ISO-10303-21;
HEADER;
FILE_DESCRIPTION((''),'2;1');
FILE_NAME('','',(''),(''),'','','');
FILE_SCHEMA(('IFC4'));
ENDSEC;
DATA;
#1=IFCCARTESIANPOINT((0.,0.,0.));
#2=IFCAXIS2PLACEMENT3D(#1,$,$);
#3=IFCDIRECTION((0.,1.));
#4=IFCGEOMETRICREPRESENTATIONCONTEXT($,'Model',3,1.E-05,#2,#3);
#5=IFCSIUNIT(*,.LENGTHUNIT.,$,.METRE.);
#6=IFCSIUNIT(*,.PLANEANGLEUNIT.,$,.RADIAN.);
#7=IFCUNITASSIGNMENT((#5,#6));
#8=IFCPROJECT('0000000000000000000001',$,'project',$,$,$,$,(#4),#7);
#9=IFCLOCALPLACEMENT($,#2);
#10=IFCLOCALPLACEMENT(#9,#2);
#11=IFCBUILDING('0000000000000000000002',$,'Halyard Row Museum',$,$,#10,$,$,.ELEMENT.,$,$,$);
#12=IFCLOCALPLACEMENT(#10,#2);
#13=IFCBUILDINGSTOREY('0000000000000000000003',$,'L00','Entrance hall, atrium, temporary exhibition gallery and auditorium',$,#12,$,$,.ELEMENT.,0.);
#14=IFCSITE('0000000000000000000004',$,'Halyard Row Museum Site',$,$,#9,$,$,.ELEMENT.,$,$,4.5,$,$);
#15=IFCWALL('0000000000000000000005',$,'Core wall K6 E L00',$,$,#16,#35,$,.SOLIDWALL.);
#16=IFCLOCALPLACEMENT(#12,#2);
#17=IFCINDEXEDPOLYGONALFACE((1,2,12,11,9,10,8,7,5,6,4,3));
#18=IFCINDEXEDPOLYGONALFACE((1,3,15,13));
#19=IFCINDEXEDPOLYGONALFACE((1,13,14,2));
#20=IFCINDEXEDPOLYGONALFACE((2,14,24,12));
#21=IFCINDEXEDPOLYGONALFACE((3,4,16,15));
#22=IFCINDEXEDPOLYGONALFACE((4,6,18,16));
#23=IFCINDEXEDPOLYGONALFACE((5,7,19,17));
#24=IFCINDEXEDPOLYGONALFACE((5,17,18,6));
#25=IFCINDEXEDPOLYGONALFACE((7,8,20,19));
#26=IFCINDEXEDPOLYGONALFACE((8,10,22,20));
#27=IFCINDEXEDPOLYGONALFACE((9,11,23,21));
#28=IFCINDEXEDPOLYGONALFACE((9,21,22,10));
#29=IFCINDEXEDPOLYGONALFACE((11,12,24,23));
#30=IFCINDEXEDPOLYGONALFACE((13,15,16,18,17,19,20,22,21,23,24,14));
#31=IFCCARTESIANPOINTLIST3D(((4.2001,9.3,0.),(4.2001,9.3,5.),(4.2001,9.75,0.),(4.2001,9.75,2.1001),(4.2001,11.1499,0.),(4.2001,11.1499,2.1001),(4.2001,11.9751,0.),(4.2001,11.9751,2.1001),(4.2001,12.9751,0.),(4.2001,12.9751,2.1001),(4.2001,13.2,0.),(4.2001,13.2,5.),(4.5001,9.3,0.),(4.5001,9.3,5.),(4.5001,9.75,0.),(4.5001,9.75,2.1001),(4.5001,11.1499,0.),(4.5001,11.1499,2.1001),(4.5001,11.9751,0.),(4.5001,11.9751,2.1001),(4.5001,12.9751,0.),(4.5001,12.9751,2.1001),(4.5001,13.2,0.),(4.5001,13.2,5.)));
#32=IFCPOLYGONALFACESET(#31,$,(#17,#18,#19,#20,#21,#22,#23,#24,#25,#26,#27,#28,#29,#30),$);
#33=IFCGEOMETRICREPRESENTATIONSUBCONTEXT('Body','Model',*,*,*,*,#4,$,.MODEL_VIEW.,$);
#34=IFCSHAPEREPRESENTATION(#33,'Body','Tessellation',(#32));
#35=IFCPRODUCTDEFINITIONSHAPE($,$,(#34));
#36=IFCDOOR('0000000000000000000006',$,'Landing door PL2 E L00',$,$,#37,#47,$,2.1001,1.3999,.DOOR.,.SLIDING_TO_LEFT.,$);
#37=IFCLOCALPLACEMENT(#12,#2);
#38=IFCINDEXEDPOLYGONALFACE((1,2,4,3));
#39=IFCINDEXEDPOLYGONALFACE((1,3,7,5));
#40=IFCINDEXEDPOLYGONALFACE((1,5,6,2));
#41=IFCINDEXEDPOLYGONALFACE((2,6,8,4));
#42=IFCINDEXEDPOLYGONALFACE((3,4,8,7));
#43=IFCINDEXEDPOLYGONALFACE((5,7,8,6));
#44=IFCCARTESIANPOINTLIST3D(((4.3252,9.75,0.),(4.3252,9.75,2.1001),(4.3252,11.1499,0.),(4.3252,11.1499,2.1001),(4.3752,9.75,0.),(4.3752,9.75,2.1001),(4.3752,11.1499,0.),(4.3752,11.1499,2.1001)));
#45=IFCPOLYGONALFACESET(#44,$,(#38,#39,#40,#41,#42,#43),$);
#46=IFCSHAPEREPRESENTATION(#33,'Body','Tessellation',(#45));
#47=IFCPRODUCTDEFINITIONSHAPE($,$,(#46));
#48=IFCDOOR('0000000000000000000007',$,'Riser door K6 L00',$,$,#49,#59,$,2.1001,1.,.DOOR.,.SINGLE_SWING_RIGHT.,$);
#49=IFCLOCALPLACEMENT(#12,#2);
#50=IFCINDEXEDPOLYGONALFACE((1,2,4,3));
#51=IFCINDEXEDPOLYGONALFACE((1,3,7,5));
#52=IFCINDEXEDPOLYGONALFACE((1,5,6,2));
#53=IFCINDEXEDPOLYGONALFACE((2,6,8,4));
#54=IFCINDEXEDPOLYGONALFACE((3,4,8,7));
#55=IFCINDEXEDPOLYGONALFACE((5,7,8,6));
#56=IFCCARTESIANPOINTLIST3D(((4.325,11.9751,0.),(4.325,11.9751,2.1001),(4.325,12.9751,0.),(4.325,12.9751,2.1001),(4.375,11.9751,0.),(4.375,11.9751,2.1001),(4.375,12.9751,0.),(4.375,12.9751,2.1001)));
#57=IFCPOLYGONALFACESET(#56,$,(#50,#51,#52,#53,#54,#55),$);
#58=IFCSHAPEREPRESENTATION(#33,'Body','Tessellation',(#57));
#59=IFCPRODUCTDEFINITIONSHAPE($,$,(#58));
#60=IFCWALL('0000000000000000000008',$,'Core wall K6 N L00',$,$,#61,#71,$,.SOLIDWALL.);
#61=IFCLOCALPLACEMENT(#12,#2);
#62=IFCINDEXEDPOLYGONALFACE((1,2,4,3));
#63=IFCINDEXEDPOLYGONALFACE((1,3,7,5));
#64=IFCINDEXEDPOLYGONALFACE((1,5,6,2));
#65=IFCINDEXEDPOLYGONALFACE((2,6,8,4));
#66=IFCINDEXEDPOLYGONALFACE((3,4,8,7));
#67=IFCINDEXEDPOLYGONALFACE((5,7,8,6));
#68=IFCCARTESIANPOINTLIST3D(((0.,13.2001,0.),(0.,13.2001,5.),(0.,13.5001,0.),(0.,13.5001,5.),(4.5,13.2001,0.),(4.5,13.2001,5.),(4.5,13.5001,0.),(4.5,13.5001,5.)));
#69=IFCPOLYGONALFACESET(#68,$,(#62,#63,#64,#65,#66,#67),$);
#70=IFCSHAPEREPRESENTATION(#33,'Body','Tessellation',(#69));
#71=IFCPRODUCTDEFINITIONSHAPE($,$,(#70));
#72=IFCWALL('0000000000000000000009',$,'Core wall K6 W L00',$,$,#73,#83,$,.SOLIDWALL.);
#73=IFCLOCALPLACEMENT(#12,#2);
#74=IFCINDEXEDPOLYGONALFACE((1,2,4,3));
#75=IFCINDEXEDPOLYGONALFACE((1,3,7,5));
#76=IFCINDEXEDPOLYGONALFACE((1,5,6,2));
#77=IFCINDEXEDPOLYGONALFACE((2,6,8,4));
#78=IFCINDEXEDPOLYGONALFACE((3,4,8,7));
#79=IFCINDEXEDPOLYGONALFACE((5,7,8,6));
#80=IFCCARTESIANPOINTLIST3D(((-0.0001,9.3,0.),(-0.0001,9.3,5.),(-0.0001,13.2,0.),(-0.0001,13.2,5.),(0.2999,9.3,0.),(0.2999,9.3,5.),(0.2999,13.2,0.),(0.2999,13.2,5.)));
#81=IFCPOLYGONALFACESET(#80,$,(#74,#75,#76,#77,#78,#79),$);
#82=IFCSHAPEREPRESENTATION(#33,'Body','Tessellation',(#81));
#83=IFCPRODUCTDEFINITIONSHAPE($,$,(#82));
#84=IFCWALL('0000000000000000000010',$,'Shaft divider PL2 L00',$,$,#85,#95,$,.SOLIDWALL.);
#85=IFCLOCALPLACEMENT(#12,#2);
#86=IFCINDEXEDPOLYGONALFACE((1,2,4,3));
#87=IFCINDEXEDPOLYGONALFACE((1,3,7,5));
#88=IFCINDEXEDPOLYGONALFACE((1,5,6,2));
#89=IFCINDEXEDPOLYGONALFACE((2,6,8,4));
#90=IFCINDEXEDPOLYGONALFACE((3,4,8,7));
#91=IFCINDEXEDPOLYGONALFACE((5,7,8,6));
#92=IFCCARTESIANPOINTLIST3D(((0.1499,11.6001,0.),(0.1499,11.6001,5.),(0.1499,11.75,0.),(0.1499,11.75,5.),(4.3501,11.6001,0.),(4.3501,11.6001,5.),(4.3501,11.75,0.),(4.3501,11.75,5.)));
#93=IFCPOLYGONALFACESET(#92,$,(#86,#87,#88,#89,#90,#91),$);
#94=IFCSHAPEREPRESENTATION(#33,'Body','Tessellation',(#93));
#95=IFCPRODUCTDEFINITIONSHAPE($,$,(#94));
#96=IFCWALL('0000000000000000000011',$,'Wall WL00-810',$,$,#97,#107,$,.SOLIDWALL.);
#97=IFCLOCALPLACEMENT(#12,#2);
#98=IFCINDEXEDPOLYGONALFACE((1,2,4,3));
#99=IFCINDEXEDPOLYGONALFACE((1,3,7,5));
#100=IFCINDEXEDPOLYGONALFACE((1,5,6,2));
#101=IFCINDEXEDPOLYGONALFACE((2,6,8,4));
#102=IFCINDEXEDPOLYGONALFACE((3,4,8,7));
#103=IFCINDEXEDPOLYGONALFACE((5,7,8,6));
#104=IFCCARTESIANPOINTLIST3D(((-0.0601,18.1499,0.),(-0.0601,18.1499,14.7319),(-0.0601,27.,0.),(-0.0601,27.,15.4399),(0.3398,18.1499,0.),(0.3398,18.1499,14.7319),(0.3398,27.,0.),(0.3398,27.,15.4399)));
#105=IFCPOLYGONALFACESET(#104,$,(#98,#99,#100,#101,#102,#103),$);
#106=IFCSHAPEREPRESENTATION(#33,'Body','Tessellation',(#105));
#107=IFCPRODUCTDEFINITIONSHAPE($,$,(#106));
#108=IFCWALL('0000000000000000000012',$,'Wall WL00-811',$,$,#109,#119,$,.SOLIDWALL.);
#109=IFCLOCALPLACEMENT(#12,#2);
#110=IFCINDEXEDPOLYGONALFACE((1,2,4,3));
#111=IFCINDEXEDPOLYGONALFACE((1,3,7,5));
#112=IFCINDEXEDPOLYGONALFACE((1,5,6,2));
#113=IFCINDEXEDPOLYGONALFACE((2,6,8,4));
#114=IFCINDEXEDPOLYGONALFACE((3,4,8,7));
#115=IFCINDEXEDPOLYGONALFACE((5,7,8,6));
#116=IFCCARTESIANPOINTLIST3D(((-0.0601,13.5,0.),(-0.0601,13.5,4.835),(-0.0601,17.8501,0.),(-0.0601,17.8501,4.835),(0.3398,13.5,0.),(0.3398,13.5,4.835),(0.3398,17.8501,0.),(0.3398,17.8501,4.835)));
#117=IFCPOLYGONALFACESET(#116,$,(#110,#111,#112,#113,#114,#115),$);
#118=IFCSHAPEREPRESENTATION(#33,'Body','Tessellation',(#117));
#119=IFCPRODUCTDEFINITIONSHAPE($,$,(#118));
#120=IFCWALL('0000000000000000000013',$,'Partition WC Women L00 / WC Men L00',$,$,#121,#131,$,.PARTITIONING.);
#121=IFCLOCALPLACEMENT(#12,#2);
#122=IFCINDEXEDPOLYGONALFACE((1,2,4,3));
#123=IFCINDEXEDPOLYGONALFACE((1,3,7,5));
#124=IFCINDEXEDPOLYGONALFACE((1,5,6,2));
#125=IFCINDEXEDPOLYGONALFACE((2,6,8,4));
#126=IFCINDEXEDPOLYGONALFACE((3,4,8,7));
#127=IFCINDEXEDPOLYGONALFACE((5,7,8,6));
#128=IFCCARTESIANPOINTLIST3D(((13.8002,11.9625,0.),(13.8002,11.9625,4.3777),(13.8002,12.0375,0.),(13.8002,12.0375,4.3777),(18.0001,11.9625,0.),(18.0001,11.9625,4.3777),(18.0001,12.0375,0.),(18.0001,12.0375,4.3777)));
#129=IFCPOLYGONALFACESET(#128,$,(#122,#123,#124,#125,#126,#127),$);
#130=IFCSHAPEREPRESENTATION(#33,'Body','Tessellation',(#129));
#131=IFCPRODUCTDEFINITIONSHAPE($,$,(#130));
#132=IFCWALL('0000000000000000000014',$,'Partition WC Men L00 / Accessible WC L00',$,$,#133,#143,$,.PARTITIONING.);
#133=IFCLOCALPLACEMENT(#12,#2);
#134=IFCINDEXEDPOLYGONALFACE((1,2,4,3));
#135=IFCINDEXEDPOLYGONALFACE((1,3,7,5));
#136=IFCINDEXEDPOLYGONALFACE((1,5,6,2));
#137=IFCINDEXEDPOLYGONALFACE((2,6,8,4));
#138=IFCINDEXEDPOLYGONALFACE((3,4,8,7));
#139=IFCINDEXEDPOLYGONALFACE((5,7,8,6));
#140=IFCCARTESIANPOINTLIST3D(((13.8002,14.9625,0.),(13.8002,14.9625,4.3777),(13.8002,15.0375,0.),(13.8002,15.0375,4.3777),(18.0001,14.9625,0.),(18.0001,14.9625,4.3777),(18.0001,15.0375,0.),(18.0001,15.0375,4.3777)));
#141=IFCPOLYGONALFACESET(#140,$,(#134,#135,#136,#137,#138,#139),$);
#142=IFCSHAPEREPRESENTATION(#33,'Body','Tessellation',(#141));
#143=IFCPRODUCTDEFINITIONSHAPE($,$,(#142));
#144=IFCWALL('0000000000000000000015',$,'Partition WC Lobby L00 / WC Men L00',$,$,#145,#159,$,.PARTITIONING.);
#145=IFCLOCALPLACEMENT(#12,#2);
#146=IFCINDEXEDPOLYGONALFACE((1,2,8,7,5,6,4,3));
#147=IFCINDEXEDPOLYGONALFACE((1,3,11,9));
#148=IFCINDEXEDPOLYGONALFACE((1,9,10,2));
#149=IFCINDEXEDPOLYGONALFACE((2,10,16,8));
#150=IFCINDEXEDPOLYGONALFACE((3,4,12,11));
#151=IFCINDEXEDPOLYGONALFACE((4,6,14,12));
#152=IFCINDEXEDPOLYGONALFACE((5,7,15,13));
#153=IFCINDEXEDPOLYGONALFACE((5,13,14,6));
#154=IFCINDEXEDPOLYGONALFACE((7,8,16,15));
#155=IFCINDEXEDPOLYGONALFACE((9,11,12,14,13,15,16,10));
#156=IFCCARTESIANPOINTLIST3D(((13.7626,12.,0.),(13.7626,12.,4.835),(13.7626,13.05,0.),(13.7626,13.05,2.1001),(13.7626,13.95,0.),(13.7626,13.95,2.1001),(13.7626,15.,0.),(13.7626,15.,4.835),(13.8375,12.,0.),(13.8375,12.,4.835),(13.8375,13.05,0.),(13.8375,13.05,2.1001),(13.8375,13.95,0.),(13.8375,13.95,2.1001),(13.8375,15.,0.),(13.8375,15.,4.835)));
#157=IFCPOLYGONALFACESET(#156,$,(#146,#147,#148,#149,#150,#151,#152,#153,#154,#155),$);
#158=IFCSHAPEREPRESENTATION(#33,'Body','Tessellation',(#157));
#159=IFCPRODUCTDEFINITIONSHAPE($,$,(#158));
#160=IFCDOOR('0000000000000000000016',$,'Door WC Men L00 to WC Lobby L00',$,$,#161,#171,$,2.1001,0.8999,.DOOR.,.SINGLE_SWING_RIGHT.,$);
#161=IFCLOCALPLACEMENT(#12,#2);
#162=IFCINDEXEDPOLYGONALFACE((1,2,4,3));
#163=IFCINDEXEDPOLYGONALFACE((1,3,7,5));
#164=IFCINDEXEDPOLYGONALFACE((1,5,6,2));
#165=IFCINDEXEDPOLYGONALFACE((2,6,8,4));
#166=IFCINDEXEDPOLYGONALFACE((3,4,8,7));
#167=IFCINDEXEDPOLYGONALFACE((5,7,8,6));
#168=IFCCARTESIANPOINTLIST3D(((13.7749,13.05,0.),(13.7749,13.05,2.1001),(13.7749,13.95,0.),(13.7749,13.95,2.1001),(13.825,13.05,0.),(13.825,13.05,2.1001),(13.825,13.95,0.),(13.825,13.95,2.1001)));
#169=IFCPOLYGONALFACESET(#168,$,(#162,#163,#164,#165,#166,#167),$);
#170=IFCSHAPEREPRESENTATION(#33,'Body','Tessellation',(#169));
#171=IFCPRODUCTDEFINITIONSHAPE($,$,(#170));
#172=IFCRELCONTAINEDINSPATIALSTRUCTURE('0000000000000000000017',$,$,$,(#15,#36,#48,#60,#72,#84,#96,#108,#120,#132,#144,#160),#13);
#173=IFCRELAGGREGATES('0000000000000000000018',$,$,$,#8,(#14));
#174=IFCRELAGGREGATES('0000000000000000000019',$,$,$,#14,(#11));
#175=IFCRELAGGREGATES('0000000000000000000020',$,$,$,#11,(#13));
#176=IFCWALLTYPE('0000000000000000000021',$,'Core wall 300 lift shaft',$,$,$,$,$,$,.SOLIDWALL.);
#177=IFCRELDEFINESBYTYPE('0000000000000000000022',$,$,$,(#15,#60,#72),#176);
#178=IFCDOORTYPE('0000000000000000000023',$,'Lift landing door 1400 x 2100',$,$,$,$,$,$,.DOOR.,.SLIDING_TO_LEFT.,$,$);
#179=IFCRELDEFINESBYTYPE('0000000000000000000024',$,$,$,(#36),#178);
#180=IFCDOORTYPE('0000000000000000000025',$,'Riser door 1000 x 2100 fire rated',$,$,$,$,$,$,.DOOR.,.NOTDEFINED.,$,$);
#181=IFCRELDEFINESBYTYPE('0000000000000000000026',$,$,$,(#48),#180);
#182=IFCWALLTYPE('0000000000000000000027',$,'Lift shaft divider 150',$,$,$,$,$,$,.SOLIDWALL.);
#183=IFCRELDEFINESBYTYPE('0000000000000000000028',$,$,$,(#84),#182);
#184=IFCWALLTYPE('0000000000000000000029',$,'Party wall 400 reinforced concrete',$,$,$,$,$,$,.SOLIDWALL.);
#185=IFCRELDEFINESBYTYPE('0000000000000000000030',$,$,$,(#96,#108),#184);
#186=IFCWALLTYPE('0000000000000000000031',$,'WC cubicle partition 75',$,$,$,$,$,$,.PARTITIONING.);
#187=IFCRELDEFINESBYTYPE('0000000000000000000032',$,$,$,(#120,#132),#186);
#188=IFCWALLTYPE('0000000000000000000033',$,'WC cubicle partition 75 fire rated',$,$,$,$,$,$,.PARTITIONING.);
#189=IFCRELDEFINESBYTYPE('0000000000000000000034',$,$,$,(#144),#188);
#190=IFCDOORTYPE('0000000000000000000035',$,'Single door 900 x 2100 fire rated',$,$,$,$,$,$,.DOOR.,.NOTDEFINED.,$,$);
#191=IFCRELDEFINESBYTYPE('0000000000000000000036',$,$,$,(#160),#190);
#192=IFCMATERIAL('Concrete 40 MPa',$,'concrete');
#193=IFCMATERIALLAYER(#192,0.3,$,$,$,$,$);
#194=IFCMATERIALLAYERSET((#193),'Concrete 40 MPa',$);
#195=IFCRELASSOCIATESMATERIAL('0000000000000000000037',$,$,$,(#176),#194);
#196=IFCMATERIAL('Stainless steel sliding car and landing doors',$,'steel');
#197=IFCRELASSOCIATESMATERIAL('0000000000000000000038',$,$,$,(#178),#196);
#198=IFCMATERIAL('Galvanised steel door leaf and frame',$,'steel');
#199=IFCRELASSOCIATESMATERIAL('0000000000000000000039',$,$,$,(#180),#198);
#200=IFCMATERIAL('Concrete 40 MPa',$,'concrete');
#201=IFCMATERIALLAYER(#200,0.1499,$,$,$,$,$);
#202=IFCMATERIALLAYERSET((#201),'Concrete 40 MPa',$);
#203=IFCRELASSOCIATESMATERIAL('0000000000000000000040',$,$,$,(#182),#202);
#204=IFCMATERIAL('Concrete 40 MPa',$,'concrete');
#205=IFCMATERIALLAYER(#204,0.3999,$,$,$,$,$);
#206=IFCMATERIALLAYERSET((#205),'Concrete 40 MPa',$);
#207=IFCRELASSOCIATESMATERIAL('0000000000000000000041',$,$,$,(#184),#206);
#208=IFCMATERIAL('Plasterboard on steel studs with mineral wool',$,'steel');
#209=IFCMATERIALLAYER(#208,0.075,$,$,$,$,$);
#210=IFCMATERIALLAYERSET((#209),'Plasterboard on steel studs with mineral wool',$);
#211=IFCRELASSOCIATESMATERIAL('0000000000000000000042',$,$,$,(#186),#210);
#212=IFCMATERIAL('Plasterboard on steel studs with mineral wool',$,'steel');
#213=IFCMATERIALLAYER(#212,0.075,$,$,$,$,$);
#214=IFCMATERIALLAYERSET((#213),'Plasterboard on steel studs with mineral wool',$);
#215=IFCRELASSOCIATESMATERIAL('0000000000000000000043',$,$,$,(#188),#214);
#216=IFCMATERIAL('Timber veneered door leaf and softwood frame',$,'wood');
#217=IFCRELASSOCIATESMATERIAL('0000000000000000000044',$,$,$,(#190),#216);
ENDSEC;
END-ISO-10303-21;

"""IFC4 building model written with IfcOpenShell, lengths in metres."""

from ifc_helpers import new_model, si_unit, direction, frame, frame_2d, origin, place, context, subcontext, project, spatial, polyline, rectangle, outline, extrude, material, layer, layer_set, type_object, element, fill, save


model = new_model("IFC4")

# Units and contexts
model_context = context("Model", 3, precision=1e-05, world=origin(), true_north=direction((0.0, 1.0)))
body_context = subcontext(model_context, "Body", "Model", "MODEL_VIEW")
ifc_project = project(units=[si_unit("LENGTHUNIT", "METRE"), si_unit("PLANEANGLEUNIT", "RADIAN")], contexts=[model_context])

# Site, building, storey
site_placement = place(None, origin())
site = spatial("IfcSite", under=ifc_project, at=site_placement, Name="Halyard Row Museum Site", CompositionType="ELEMENT", RefElevation=4.5)
building_placement = place(site_placement, origin())
building = spatial("IfcBuilding", under=site, at=building_placement, Name="Halyard Row Museum", CompositionType="ELEMENT")
storey_placement = place(building_placement, origin())
storey = spatial("IfcBuildingStorey", under=building, at=storey_placement, Name="L00", Description="Entrance hall, atrium, temporary exhibition gallery and auditorium", CompositionType="ELEMENT", Elevation=0.0)

# Shared definitions
ifc_material_1 = material(Name="Concrete 40 MPa", Category="concrete")
ifc_layer_1 = layer(ifc_material_1, 0.3)
ifc_layer_set_1 = layer_set([ifc_layer_1], Name="Concrete 40 MPa")
wall_type_1 = type_object("IfcWallType", Name="Core wall 300 lift shaft", PredefinedType="SOLIDWALL", material=ifc_layer_set_1)

# Wall, openings, doors
wall_1_placement = place(storey_placement, frame((4.3501, 9.3, 0.0), z_axis=(0.0, 0.0, 1.0), x_axis=(0.0, 1.0, 0.0)))
wall_1 = element("IfcWall", 1, at=wall_1_placement, inside=storey, type_object=wall_type_1, Name="Core wall K6 E L00", PredefinedType="SOLIDWALL", context=body_context, shape_type="SweptSolid", body=[
    extrude(rectangle(XDim=3.8999, YDim=0.3, at=frame_2d((1.95, 0.0))), origin(), (0.0, 0.0, 1.0), 5.0),
])
opening_1_placement = place(wall_1_placement, frame((0.45, 0.0, 0.0)))
opening_1 = element("IfcOpeningElement", 2, at=opening_1_placement, cuts=wall_1, PredefinedType="OPENING", context=body_context, shape_type="SweptSolid", body=[
    extrude(rectangle(XDim=1.3999, YDim=2.1001, at=frame_2d((0.7, 1.05))), frame((0.0, 0.1599, 0.0), z_axis=(0.0, -1.0, 0.0), x_axis=(1.0, 0.0, 0.0)), (0.0, 0.0, 1.0), 0.3201),
])
opening_2_placement = place(wall_1_placement, frame((2.675, 0.0, 0.0)))
opening_2 = element("IfcOpeningElement", 3, at=opening_2_placement, cuts=wall_1, PredefinedType="OPENING", context=body_context, shape_type="SweptSolid", body=[
    extrude(rectangle(XDim=1.0, YDim=2.1001, at=frame_2d((0.5, 1.05))), frame((0.0, 0.1599, 0.0), z_axis=(0.0, -1.0, 0.0), x_axis=(1.0, 0.0, 0.0)), (0.0, 0.0, 1.0), 0.3201),
])
ifc_material_2 = material(Name="Stainless steel sliding car and landing doors", Category="steel")
door_type_1 = type_object("IfcDoorType", Name="Lift landing door 1400 x 2100", OperationType="SLIDING_TO_LEFT", PredefinedType="DOOR", material=ifc_material_2)
door_1_placement = place(opening_1_placement, origin())
door_1 = element("IfcDoor", 4, at=door_1_placement, inside=storey, type_object=door_type_1, Name="Landing door PL2 E L00", OperationType="SLIDING_TO_LEFT", OverallHeight=2.1001, OverallWidth=1.3999, PredefinedType="DOOR", context=body_context, shape_type="SweptSolid", body=[
    extrude(rectangle(XDim=1.3999, YDim=2.1001, at=frame_2d((0.7, 1.05))), frame((0.0, 0.0249, 0.0), z_axis=(0.0, -1.0, 0.0), x_axis=(1.0, 0.0, 0.0)), (0.0, 0.0, 1.0), 0.05),
])
fill(opening_1, door_1)
ifc_material_3 = material(Name="Galvanised steel door leaf and frame", Category="steel")
door_type_2 = type_object("IfcDoorType", Name="Riser door 1000 x 2100 fire rated", OperationType="NOTDEFINED", PredefinedType="DOOR", material=ifc_material_3)
door_2_placement = place(opening_2_placement, frame((1.0, 0.0, 0.0), z_axis=(0.0, 0.0, 1.0), x_axis=(-1.0, 0.0, 0.0)))
door_2 = element("IfcDoor", 5, at=door_2_placement, inside=storey, type_object=door_type_2, Name="Riser door K6 L00", OperationType="SINGLE_SWING_RIGHT", OverallHeight=2.1001, OverallWidth=1.0, PredefinedType="DOOR", context=body_context, shape_type="SweptSolid", body=[
    extrude(rectangle(XDim=1.0, YDim=2.1001, at=frame_2d((0.5, 1.05))), frame((0.0, 0.0249, 0.0), z_axis=(0.0, -1.0, 0.0), x_axis=(1.0, 0.0, 0.0)), (0.0, 0.0, 1.0), 0.05),
])
fill(opening_2, door_2)

# Walls
wall_2_placement = place(storey_placement, frame((0.0, 13.3501, 0.0), z_axis=(0.0, 0.0, 1.0), x_axis=(1.0, 0.0, 0.0)))
element("IfcWall", 6, at=wall_2_placement, inside=storey, type_object=wall_type_1, Name="Core wall K6 N L00", PredefinedType="SOLIDWALL", context=body_context, shape_type="SweptSolid", body=[
    extrude(rectangle(XDim=4.5, YDim=0.3, at=frame_2d((2.25, 0.0))), origin(), (0.0, 0.0, 1.0), 5.0),
])
wall_3_placement = place(storey_placement, frame((0.1499, 9.3, 0.0), z_axis=(0.0, 0.0, 1.0), x_axis=(0.0, 1.0, 0.0)))
element("IfcWall", 7, at=wall_3_placement, inside=storey, type_object=wall_type_1, Name="Core wall K6 W L00", PredefinedType="SOLIDWALL", context=body_context, shape_type="SweptSolid", body=[
    extrude(rectangle(XDim=3.8999, YDim=0.3, at=frame_2d((1.95, 0.0))), origin(), (0.0, 0.0, 1.0), 5.0),
])
ifc_material_4 = material(Name="Concrete 40 MPa", Category="concrete")
ifc_layer_2 = layer(ifc_material_4, 0.1499)
ifc_layer_set_2 = layer_set([ifc_layer_2], Name="Concrete 40 MPa")
wall_type_2 = type_object("IfcWallType", Name="Lift shaft divider 150", PredefinedType="SOLIDWALL", material=ifc_layer_set_2)
wall_4_placement = place(storey_placement, frame((0.1499, 11.675, 0.0), z_axis=(0.0, 0.0, 1.0), x_axis=(1.0, 0.0, 0.0)))
element("IfcWall", 8, at=wall_4_placement, inside=storey, type_object=wall_type_2, Name="Shaft divider PL2 L00", PredefinedType="SOLIDWALL", context=body_context, shape_type="SweptSolid", body=[
    extrude(rectangle(XDim=4.2002, YDim=0.1499, at=frame_2d((2.1001, 0.0))), origin(), (0.0, 0.0, 1.0), 5.0),
])
ifc_material_5 = material(Name="Concrete 40 MPa", Category="concrete")
ifc_layer_3 = layer(ifc_material_5, 0.3999)
ifc_layer_set_3 = layer_set([ifc_layer_3], Name="Concrete 40 MPa")
wall_type_3 = type_object("IfcWallType", Name="Party wall 400 reinforced concrete", PredefinedType="SOLIDWALL", material=ifc_layer_set_3)
wall_5_placement = place(storey_placement, frame((0.1399, 18.1499, 0.0), z_axis=(0.0, 0.0, 1.0), x_axis=(0.0, 1.0, 0.0)))
element("IfcWall", 9, at=wall_5_placement, inside=storey, type_object=wall_type_3, Name="Wall WL00-810", PredefinedType="SOLIDWALL", context=body_context, shape_type="SweptSolid", body=[
    extrude(outline(polyline([(0.0, 0.0), (8.8501, 0.0), (8.8501, 15.4399), (0.0, 14.7319), (0.0, 0.0)])), frame((0.0, 0.2, 0.0), z_axis=(0.0, -1.0, 0.0), x_axis=(1.0, 0.0, 0.0)), (0.0, 0.0, 1.0), 0.3999),
])
wall_6_placement = place(storey_placement, frame((0.1399, 13.5, 0.0), z_axis=(0.0, 0.0, 1.0), x_axis=(0.0, 1.0, 0.0)))
element("IfcWall", 10, at=wall_6_placement, inside=storey, type_object=wall_type_3, Name="Wall WL00-811", PredefinedType="SOLIDWALL", context=body_context, shape_type="SweptSolid", body=[
    extrude(rectangle(XDim=4.3501, YDim=0.3999, at=frame_2d((2.175, 0.0))), origin(), (0.0, 0.0, 1.0), 4.835),
])
ifc_material_6 = material(Name="Plasterboard on steel studs with mineral wool", Category="steel")
ifc_layer_4 = layer(ifc_material_6, 0.075)
ifc_layer_set_4 = layer_set([ifc_layer_4], Name="Plasterboard on steel studs with mineral wool")
wall_type_4 = type_object("IfcWallType", Name="WC cubicle partition 75", PredefinedType="PARTITIONING", material=ifc_layer_set_4)
for number, where, z_axis, x_axis, name in (
    (11, (13.8, 12.0, 0.0), (0.0, 0.0, 1.0), (1.0, 0.0, 0.0), "Partition WC Women L00 / WC Men L00"),
    (12, (13.8, 15.0, 0.0), (0.0, 0.0, 1.0), (1.0, 0.0, 0.0), "Partition WC Men L00 / Accessible WC L00"),
):
    element("IfcWall", number, at=place(storey_placement, frame(where, z_axis=z_axis, x_axis=x_axis)), inside=storey, type_object=wall_type_4, Name=name, PredefinedType="PARTITIONING", context=body_context, shape_type="SweptSolid", body=[
        extrude(rectangle(XDim=4.2, YDim=0.075, at=frame_2d((2.1001, 0.0))), origin(), (0.0, 0.0, 1.0), 4.3777),
    ])

# Wall, opening, door
ifc_material_7 = material(Name="Plasterboard on steel studs with mineral wool", Category="steel")
ifc_layer_5 = layer(ifc_material_7, 0.075)
ifc_layer_set_5 = layer_set([ifc_layer_5], Name="Plasterboard on steel studs with mineral wool")
wall_type_5 = type_object("IfcWallType", Name="WC cubicle partition 75 fire rated", PredefinedType="PARTITIONING", material=ifc_layer_set_5)
wall_7_placement = place(storey_placement, frame((13.8, 12.0, 0.0), z_axis=(0.0, 0.0, 1.0), x_axis=(0.0, 1.0, 0.0)))
wall_7 = element("IfcWall", 13, at=wall_7_placement, inside=storey, type_object=wall_type_5, Name="Partition WC Lobby L00 / WC Men L00", PredefinedType="PARTITIONING", context=body_context, shape_type="SweptSolid", body=[
    extrude(rectangle(XDim=3.0, YDim=0.075, at=frame_2d((1.5, 0.0))), origin(), (0.0, 0.0, 1.0), 4.835),
])
opening_3_placement = place(wall_7_placement, frame((1.05, 0.0, 0.0)))
opening_3 = element("IfcOpeningElement", 14, at=opening_3_placement, cuts=wall_7, PredefinedType="OPENING", context=body_context, shape_type="SweptSolid", body=[
    extrude(rectangle(XDim=0.8999, YDim=2.1001, at=frame_2d((0.45, 1.05))), frame((0.0, 0.0474, 0.0), z_axis=(0.0, -1.0, 0.0), x_axis=(1.0, 0.0, 0.0)), (0.0, 0.0, 1.0), 0.095),
])
ifc_material_8 = material(Name="Timber veneered door leaf and softwood frame", Category="wood")
door_type_3 = type_object("IfcDoorType", Name="Single door 900 x 2100 fire rated", OperationType="NOTDEFINED", PredefinedType="DOOR", material=ifc_material_8)
door_3_placement = place(opening_3_placement, frame((0.8999, 0.0, 0.0), z_axis=(0.0, 0.0, 1.0), x_axis=(-1.0, 0.0, 0.0)))
door_3 = element("IfcDoor", 15, at=door_3_placement, inside=storey, type_object=door_type_3, Name="Door WC Men L00 to WC Lobby L00", OperationType="SINGLE_SWING_RIGHT", OverallHeight=2.1001, OverallWidth=0.8999, PredefinedType="DOOR", context=body_context, shape_type="SweptSolid", body=[
    extrude(rectangle(XDim=0.8999, YDim=2.1001, at=frame_2d((0.45, 1.05))), frame((0.0, 0.0249, 0.0), z_axis=(0.0, -1.0, 0.0), x_axis=(1.0, 0.0, 0.0)), (0.0, 0.0, 1.0), 0.05),
])
fill(opening_3, door_3)

save(model, "model.ifc")
